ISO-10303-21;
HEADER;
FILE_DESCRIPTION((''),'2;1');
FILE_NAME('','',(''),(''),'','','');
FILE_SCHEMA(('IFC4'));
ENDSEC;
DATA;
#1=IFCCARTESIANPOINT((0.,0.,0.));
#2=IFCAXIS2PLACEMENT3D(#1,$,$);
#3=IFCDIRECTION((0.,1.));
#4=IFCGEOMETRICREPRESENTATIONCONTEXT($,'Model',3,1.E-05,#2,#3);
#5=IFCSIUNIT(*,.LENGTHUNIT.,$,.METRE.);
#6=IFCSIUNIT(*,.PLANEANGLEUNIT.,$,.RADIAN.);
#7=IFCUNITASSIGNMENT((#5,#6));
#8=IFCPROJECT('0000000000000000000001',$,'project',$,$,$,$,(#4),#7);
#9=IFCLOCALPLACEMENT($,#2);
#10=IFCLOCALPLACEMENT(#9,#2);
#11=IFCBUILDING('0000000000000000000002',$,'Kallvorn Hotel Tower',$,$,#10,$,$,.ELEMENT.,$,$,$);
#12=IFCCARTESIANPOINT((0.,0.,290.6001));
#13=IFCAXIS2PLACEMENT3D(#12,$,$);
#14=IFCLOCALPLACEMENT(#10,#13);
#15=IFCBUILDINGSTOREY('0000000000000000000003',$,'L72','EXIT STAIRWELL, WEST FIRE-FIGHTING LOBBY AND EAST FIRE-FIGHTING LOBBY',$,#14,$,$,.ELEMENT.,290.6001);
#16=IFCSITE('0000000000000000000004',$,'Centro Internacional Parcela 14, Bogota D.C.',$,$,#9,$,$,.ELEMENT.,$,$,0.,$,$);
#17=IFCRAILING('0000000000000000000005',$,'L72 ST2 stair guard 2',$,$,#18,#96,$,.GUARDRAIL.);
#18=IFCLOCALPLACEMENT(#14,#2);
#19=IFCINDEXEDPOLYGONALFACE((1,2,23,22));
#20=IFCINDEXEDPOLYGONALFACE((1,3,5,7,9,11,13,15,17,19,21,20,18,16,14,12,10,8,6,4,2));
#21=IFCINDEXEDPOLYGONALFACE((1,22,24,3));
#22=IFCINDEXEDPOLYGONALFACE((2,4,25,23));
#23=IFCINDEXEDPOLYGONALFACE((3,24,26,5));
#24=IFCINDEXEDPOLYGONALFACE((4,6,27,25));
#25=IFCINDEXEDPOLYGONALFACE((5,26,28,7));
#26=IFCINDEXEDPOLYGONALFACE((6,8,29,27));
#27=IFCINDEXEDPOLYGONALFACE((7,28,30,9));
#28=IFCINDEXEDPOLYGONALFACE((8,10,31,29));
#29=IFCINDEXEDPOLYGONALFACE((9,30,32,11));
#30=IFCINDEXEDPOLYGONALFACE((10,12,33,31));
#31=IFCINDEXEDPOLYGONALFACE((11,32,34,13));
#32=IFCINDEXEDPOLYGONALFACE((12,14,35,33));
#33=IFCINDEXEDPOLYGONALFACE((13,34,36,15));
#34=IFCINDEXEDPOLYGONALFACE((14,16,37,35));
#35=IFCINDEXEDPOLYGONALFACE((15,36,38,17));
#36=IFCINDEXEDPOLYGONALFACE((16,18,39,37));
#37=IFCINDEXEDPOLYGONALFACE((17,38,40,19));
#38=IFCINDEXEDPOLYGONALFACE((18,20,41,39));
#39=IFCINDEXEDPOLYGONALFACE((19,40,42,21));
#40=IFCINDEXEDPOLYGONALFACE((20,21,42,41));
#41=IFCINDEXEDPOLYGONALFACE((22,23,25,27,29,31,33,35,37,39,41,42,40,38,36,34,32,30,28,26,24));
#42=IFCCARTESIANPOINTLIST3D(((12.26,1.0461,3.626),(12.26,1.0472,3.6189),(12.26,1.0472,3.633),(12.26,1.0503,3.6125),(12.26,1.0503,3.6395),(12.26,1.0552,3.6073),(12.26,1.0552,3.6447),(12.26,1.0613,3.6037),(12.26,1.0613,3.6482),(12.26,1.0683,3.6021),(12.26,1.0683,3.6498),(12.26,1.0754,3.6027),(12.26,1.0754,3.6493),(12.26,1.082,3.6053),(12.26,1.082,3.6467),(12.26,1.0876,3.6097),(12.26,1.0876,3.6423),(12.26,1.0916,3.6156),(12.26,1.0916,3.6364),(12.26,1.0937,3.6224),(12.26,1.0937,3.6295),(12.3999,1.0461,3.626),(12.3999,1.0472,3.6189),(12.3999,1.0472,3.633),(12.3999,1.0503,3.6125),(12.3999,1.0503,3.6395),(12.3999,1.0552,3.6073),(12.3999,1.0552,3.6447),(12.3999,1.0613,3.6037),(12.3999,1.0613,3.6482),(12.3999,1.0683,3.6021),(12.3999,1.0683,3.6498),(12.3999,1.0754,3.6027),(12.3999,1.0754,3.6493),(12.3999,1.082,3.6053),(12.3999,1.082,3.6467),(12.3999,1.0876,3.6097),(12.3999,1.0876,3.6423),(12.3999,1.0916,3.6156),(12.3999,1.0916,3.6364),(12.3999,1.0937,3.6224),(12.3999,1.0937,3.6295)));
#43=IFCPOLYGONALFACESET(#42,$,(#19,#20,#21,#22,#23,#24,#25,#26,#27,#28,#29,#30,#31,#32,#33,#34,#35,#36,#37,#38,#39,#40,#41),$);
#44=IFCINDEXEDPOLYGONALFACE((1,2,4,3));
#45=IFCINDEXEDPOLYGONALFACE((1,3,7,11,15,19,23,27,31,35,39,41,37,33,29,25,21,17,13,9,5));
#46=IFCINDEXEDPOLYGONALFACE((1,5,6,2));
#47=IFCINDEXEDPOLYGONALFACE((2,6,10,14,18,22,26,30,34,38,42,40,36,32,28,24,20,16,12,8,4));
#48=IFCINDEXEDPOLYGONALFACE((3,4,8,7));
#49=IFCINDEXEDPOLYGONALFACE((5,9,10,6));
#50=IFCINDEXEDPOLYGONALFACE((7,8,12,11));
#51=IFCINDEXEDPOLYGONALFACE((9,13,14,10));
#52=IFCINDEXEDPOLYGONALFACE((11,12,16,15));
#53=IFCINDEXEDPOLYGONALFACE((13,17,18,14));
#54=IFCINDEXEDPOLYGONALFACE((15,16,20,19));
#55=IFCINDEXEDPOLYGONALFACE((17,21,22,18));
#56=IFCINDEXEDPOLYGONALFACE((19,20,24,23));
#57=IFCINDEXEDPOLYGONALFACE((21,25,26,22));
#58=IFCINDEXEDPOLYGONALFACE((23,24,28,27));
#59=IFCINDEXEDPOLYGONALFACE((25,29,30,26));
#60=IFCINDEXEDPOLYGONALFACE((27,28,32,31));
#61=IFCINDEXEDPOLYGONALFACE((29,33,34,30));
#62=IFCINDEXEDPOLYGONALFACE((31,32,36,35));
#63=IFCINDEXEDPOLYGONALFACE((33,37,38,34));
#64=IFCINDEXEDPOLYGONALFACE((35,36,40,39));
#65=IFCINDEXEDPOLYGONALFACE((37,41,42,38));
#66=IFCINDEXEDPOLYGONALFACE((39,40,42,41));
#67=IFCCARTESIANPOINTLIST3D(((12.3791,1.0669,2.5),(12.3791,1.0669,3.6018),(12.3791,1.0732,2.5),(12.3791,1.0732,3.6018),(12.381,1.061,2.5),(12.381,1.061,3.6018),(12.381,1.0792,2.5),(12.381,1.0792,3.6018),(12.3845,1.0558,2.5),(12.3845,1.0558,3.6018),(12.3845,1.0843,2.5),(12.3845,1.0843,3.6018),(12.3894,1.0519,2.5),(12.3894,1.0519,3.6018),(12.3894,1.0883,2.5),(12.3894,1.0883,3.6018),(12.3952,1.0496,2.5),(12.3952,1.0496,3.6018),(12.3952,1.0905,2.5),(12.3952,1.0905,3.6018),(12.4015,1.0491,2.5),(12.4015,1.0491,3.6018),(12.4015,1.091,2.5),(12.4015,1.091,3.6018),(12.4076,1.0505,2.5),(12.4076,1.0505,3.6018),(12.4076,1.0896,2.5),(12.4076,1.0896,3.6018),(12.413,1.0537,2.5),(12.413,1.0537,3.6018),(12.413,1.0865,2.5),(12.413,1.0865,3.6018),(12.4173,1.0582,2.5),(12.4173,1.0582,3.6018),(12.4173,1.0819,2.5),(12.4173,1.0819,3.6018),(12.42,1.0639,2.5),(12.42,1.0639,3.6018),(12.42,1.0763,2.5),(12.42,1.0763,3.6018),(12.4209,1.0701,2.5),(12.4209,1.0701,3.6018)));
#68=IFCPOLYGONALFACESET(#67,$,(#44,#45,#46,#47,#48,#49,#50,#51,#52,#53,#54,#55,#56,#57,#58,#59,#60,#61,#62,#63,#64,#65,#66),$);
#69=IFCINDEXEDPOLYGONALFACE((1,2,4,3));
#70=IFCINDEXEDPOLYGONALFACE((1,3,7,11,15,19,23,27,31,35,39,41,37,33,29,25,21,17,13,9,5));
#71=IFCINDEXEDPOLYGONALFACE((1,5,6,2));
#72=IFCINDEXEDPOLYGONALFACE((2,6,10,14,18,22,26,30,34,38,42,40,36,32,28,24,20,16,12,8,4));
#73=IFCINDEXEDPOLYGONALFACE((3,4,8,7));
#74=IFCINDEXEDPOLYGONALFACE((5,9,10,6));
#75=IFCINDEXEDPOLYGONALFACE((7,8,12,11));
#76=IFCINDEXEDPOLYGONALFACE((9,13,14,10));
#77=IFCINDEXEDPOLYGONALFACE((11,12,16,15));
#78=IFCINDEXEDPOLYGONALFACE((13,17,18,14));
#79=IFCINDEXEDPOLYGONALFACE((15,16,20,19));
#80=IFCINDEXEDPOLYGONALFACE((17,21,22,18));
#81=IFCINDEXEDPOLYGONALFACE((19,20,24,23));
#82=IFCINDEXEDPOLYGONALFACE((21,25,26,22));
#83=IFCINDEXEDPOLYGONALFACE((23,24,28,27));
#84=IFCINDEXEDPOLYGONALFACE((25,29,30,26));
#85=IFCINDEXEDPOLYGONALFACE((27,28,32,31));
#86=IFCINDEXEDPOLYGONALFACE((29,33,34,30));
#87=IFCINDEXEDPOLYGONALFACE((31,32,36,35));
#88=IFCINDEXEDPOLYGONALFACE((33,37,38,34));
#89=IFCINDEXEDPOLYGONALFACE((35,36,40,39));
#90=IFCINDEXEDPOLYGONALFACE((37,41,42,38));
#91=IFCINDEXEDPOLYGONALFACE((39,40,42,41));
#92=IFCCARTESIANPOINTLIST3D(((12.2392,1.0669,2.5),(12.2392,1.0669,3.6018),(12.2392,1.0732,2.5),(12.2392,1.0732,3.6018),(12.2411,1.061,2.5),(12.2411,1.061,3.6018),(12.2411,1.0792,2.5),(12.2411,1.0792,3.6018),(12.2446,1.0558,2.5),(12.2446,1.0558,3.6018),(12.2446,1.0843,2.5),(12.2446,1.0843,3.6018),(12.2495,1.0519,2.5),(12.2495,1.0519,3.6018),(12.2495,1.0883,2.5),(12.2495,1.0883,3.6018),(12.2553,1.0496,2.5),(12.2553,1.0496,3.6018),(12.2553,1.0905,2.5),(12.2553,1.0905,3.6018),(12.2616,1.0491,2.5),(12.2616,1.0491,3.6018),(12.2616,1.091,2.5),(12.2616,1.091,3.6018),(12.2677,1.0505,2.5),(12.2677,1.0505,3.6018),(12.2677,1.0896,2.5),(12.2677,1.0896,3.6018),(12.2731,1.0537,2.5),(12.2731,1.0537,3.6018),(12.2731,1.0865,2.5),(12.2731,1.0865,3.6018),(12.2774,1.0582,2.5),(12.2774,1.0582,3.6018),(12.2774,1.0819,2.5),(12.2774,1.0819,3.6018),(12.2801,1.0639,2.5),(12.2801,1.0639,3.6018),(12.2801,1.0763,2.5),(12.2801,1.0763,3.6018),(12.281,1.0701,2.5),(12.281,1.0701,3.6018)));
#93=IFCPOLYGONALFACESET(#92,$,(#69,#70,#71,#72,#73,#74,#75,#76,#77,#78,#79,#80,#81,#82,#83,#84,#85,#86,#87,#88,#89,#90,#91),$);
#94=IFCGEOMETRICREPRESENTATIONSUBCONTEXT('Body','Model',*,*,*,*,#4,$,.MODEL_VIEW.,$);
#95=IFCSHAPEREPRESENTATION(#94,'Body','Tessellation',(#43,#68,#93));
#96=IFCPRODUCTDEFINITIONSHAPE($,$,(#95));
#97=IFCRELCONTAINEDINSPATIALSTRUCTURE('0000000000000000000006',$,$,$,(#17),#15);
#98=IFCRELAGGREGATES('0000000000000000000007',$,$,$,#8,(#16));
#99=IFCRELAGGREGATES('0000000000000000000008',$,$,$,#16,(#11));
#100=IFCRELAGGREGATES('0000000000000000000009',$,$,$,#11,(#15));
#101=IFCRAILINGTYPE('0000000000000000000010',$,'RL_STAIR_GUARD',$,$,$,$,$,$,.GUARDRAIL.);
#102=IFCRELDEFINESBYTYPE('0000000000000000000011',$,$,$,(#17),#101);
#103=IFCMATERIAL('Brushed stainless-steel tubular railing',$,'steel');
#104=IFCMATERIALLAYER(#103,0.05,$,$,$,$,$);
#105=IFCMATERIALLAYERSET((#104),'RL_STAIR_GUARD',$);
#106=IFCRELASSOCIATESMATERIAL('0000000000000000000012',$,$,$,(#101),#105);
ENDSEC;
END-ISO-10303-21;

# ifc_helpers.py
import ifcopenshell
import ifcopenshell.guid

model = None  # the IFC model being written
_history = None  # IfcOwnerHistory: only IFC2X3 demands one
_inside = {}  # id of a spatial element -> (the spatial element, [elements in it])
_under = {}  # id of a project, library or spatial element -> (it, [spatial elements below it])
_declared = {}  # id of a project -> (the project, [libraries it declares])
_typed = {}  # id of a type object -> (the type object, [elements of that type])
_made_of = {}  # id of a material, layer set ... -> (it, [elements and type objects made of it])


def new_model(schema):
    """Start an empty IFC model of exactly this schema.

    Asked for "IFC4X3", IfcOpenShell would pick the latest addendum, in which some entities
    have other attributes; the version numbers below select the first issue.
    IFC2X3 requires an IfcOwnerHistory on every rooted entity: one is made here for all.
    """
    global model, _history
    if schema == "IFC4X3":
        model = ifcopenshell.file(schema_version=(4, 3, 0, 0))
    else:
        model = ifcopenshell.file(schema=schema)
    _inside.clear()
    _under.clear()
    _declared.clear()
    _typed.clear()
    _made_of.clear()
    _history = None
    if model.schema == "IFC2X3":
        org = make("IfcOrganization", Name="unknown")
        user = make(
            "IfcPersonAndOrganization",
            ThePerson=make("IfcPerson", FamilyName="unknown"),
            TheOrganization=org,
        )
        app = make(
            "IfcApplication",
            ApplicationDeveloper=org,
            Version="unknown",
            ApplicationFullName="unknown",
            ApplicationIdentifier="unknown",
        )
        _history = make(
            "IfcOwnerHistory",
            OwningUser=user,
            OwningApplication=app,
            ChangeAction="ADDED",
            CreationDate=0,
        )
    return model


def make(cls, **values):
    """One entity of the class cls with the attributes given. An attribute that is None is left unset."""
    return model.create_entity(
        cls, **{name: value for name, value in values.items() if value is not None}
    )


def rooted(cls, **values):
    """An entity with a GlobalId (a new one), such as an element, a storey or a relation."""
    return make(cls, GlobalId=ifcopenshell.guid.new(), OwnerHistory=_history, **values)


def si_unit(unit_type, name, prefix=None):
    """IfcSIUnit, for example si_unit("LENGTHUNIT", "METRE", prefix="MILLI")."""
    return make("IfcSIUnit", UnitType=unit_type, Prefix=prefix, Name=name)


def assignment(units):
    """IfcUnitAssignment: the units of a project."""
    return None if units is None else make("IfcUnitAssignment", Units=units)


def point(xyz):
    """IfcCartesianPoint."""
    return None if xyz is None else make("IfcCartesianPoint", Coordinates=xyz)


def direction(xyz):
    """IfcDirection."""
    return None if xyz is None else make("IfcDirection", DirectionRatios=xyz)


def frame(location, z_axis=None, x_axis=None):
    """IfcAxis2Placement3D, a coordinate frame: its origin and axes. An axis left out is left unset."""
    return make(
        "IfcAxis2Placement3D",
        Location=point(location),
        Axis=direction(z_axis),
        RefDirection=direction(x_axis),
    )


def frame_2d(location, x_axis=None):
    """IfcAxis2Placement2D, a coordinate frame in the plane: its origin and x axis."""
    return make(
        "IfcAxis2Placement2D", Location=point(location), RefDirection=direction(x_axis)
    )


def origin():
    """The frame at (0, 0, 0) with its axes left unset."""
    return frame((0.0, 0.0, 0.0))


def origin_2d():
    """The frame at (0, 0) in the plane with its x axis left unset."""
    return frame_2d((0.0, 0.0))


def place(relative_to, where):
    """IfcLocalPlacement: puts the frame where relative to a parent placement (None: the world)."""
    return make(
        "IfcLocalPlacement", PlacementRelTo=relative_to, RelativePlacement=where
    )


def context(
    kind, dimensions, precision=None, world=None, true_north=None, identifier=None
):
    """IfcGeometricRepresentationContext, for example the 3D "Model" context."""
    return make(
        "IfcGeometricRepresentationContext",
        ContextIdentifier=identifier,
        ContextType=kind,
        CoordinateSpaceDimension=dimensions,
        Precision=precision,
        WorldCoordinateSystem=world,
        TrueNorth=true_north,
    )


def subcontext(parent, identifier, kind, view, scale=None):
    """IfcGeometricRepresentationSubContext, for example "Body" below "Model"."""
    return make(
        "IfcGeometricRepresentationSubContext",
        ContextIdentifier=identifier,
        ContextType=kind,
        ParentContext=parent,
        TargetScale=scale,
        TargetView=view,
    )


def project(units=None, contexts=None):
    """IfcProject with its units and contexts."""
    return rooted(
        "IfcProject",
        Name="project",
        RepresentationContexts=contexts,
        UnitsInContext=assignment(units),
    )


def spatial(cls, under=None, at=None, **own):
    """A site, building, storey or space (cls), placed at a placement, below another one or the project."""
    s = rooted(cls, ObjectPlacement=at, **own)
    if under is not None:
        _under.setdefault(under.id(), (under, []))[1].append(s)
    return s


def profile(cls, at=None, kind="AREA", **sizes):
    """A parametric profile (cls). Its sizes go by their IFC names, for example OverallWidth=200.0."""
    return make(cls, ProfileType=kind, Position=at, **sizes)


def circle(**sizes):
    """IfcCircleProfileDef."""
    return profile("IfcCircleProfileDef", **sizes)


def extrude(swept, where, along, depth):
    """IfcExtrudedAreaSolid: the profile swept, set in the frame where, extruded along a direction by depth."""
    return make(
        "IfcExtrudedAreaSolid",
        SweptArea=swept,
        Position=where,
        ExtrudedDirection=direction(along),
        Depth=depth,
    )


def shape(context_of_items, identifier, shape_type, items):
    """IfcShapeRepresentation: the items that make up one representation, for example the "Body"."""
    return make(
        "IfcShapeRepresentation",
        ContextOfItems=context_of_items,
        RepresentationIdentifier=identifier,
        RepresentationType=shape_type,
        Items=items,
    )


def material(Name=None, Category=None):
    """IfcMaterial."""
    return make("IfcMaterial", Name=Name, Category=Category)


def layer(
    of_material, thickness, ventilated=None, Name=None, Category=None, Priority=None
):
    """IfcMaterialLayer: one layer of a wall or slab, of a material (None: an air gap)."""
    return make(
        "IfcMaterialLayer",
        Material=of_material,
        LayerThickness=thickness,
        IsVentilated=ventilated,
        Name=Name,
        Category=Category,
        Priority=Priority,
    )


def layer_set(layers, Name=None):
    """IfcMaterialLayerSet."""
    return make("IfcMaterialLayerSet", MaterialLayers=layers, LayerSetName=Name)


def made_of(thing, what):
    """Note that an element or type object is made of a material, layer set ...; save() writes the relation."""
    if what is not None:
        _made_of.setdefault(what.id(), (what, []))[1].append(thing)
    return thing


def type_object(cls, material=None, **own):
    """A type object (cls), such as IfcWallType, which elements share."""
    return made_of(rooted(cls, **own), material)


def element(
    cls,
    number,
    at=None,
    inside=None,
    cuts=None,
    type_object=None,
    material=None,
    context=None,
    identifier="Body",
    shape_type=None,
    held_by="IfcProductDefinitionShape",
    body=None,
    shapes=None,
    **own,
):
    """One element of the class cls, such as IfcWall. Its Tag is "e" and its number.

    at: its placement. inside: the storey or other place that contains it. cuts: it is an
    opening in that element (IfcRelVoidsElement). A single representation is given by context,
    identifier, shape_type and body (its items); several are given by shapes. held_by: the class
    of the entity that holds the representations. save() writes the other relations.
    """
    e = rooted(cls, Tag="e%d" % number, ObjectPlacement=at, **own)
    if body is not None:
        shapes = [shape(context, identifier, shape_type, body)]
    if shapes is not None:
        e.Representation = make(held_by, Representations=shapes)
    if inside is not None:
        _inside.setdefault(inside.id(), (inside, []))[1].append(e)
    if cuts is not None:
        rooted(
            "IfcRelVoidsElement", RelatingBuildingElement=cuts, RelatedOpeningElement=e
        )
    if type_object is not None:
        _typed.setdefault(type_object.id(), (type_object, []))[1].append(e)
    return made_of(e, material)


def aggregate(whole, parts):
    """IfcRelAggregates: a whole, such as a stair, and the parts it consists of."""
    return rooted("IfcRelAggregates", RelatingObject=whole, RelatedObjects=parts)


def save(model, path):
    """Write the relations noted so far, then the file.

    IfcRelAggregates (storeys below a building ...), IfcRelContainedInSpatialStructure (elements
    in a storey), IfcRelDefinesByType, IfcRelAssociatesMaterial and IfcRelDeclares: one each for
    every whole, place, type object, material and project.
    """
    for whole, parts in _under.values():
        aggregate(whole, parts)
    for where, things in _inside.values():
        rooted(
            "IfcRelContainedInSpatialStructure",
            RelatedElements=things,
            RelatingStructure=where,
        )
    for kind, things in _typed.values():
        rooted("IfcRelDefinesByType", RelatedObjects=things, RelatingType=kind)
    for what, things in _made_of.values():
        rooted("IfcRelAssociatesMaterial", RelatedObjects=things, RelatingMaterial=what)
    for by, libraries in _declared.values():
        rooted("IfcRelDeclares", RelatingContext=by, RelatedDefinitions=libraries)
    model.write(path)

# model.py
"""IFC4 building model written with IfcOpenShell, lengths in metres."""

from ifc_helpers import new_model, si_unit, direction, frame, origin, origin_2d, place, context, subcontext, project, spatial, circle, extrude, material, layer, layer_set, type_object, element, save


model = new_model("IFC4")

# Units and contexts
model_context = context("Model", 3, precision=1e-05, world=origin(), true_north=direction((0.0, 1.0)))
body_context = subcontext(model_context, "Body", "Model", "MODEL_VIEW")
ifc_project = project(units=[si_unit("LENGTHUNIT", "METRE"), si_unit("PLANEANGLEUNIT", "RADIAN")], contexts=[model_context])

# Site, building, storey
site_placement = place(None, origin())
site = spatial("IfcSite", under=ifc_project, at=site_placement, Name="Centro Internacional Parcela 14, Bogota D.C.", CompositionType="ELEMENT", RefElevation=0.0)
building_placement = place(site_placement, origin())
building = spatial("IfcBuilding", under=site, at=building_placement, Name="Kallvorn Hotel Tower", CompositionType="ELEMENT")
storey_placement = place(building_placement, frame((0.0, 0.0, 290.6001)))
storey = spatial("IfcBuildingStorey", under=building, at=storey_placement, Name="L72", Description="EXIT STAIRWELL, WEST FIRE-FIGHTING LOBBY AND EAST FIRE-FIGHTING LOBBY", CompositionType="ELEMENT", Elevation=290.6001)

# Railing
ifc_material_1 = material(Name="Brushed stainless-steel tubular railing", Category="steel")
ifc_layer_1 = layer(ifc_material_1, 0.05)
ifc_layer_set_1 = layer_set([ifc_layer_1], Name="RL_STAIR_GUARD")
railing_type_1 = type_object("IfcRailingType", Name="RL_STAIR_GUARD", PredefinedType="GUARDRAIL", material=ifc_layer_set_1)
railing_1_placement = place(storey_placement, frame((12.3999, 1.0701, 2.5)))
element("IfcRailing", 1, at=railing_1_placement, inside=storey, type_object=railing_type_1, Name="L72 ST2 stair guard 2", PredefinedType="GUARDRAIL", context=body_context, shape_type="SweptSolid", body=[
    extrude(circle(Radius=0.0239, at=origin_2d()), frame((0.0, 0.0, 1.126), z_axis=(-1.0, 0.0, 0.0), x_axis=(0.0, -1.0, 0.0)), (0.0, 0.0, 1.0), 0.1399),
    extrude(circle(Radius=0.021, at=origin_2d()), origin(), (0.0, 0.0, 1.0), 1.1018),
    extrude(circle(Radius=0.021, at=origin_2d()), frame((-0.1399, 0.0, 0.0)), (0.0, 0.0, 1.0), 1.1018),
])

save(model, "model.ifc")
